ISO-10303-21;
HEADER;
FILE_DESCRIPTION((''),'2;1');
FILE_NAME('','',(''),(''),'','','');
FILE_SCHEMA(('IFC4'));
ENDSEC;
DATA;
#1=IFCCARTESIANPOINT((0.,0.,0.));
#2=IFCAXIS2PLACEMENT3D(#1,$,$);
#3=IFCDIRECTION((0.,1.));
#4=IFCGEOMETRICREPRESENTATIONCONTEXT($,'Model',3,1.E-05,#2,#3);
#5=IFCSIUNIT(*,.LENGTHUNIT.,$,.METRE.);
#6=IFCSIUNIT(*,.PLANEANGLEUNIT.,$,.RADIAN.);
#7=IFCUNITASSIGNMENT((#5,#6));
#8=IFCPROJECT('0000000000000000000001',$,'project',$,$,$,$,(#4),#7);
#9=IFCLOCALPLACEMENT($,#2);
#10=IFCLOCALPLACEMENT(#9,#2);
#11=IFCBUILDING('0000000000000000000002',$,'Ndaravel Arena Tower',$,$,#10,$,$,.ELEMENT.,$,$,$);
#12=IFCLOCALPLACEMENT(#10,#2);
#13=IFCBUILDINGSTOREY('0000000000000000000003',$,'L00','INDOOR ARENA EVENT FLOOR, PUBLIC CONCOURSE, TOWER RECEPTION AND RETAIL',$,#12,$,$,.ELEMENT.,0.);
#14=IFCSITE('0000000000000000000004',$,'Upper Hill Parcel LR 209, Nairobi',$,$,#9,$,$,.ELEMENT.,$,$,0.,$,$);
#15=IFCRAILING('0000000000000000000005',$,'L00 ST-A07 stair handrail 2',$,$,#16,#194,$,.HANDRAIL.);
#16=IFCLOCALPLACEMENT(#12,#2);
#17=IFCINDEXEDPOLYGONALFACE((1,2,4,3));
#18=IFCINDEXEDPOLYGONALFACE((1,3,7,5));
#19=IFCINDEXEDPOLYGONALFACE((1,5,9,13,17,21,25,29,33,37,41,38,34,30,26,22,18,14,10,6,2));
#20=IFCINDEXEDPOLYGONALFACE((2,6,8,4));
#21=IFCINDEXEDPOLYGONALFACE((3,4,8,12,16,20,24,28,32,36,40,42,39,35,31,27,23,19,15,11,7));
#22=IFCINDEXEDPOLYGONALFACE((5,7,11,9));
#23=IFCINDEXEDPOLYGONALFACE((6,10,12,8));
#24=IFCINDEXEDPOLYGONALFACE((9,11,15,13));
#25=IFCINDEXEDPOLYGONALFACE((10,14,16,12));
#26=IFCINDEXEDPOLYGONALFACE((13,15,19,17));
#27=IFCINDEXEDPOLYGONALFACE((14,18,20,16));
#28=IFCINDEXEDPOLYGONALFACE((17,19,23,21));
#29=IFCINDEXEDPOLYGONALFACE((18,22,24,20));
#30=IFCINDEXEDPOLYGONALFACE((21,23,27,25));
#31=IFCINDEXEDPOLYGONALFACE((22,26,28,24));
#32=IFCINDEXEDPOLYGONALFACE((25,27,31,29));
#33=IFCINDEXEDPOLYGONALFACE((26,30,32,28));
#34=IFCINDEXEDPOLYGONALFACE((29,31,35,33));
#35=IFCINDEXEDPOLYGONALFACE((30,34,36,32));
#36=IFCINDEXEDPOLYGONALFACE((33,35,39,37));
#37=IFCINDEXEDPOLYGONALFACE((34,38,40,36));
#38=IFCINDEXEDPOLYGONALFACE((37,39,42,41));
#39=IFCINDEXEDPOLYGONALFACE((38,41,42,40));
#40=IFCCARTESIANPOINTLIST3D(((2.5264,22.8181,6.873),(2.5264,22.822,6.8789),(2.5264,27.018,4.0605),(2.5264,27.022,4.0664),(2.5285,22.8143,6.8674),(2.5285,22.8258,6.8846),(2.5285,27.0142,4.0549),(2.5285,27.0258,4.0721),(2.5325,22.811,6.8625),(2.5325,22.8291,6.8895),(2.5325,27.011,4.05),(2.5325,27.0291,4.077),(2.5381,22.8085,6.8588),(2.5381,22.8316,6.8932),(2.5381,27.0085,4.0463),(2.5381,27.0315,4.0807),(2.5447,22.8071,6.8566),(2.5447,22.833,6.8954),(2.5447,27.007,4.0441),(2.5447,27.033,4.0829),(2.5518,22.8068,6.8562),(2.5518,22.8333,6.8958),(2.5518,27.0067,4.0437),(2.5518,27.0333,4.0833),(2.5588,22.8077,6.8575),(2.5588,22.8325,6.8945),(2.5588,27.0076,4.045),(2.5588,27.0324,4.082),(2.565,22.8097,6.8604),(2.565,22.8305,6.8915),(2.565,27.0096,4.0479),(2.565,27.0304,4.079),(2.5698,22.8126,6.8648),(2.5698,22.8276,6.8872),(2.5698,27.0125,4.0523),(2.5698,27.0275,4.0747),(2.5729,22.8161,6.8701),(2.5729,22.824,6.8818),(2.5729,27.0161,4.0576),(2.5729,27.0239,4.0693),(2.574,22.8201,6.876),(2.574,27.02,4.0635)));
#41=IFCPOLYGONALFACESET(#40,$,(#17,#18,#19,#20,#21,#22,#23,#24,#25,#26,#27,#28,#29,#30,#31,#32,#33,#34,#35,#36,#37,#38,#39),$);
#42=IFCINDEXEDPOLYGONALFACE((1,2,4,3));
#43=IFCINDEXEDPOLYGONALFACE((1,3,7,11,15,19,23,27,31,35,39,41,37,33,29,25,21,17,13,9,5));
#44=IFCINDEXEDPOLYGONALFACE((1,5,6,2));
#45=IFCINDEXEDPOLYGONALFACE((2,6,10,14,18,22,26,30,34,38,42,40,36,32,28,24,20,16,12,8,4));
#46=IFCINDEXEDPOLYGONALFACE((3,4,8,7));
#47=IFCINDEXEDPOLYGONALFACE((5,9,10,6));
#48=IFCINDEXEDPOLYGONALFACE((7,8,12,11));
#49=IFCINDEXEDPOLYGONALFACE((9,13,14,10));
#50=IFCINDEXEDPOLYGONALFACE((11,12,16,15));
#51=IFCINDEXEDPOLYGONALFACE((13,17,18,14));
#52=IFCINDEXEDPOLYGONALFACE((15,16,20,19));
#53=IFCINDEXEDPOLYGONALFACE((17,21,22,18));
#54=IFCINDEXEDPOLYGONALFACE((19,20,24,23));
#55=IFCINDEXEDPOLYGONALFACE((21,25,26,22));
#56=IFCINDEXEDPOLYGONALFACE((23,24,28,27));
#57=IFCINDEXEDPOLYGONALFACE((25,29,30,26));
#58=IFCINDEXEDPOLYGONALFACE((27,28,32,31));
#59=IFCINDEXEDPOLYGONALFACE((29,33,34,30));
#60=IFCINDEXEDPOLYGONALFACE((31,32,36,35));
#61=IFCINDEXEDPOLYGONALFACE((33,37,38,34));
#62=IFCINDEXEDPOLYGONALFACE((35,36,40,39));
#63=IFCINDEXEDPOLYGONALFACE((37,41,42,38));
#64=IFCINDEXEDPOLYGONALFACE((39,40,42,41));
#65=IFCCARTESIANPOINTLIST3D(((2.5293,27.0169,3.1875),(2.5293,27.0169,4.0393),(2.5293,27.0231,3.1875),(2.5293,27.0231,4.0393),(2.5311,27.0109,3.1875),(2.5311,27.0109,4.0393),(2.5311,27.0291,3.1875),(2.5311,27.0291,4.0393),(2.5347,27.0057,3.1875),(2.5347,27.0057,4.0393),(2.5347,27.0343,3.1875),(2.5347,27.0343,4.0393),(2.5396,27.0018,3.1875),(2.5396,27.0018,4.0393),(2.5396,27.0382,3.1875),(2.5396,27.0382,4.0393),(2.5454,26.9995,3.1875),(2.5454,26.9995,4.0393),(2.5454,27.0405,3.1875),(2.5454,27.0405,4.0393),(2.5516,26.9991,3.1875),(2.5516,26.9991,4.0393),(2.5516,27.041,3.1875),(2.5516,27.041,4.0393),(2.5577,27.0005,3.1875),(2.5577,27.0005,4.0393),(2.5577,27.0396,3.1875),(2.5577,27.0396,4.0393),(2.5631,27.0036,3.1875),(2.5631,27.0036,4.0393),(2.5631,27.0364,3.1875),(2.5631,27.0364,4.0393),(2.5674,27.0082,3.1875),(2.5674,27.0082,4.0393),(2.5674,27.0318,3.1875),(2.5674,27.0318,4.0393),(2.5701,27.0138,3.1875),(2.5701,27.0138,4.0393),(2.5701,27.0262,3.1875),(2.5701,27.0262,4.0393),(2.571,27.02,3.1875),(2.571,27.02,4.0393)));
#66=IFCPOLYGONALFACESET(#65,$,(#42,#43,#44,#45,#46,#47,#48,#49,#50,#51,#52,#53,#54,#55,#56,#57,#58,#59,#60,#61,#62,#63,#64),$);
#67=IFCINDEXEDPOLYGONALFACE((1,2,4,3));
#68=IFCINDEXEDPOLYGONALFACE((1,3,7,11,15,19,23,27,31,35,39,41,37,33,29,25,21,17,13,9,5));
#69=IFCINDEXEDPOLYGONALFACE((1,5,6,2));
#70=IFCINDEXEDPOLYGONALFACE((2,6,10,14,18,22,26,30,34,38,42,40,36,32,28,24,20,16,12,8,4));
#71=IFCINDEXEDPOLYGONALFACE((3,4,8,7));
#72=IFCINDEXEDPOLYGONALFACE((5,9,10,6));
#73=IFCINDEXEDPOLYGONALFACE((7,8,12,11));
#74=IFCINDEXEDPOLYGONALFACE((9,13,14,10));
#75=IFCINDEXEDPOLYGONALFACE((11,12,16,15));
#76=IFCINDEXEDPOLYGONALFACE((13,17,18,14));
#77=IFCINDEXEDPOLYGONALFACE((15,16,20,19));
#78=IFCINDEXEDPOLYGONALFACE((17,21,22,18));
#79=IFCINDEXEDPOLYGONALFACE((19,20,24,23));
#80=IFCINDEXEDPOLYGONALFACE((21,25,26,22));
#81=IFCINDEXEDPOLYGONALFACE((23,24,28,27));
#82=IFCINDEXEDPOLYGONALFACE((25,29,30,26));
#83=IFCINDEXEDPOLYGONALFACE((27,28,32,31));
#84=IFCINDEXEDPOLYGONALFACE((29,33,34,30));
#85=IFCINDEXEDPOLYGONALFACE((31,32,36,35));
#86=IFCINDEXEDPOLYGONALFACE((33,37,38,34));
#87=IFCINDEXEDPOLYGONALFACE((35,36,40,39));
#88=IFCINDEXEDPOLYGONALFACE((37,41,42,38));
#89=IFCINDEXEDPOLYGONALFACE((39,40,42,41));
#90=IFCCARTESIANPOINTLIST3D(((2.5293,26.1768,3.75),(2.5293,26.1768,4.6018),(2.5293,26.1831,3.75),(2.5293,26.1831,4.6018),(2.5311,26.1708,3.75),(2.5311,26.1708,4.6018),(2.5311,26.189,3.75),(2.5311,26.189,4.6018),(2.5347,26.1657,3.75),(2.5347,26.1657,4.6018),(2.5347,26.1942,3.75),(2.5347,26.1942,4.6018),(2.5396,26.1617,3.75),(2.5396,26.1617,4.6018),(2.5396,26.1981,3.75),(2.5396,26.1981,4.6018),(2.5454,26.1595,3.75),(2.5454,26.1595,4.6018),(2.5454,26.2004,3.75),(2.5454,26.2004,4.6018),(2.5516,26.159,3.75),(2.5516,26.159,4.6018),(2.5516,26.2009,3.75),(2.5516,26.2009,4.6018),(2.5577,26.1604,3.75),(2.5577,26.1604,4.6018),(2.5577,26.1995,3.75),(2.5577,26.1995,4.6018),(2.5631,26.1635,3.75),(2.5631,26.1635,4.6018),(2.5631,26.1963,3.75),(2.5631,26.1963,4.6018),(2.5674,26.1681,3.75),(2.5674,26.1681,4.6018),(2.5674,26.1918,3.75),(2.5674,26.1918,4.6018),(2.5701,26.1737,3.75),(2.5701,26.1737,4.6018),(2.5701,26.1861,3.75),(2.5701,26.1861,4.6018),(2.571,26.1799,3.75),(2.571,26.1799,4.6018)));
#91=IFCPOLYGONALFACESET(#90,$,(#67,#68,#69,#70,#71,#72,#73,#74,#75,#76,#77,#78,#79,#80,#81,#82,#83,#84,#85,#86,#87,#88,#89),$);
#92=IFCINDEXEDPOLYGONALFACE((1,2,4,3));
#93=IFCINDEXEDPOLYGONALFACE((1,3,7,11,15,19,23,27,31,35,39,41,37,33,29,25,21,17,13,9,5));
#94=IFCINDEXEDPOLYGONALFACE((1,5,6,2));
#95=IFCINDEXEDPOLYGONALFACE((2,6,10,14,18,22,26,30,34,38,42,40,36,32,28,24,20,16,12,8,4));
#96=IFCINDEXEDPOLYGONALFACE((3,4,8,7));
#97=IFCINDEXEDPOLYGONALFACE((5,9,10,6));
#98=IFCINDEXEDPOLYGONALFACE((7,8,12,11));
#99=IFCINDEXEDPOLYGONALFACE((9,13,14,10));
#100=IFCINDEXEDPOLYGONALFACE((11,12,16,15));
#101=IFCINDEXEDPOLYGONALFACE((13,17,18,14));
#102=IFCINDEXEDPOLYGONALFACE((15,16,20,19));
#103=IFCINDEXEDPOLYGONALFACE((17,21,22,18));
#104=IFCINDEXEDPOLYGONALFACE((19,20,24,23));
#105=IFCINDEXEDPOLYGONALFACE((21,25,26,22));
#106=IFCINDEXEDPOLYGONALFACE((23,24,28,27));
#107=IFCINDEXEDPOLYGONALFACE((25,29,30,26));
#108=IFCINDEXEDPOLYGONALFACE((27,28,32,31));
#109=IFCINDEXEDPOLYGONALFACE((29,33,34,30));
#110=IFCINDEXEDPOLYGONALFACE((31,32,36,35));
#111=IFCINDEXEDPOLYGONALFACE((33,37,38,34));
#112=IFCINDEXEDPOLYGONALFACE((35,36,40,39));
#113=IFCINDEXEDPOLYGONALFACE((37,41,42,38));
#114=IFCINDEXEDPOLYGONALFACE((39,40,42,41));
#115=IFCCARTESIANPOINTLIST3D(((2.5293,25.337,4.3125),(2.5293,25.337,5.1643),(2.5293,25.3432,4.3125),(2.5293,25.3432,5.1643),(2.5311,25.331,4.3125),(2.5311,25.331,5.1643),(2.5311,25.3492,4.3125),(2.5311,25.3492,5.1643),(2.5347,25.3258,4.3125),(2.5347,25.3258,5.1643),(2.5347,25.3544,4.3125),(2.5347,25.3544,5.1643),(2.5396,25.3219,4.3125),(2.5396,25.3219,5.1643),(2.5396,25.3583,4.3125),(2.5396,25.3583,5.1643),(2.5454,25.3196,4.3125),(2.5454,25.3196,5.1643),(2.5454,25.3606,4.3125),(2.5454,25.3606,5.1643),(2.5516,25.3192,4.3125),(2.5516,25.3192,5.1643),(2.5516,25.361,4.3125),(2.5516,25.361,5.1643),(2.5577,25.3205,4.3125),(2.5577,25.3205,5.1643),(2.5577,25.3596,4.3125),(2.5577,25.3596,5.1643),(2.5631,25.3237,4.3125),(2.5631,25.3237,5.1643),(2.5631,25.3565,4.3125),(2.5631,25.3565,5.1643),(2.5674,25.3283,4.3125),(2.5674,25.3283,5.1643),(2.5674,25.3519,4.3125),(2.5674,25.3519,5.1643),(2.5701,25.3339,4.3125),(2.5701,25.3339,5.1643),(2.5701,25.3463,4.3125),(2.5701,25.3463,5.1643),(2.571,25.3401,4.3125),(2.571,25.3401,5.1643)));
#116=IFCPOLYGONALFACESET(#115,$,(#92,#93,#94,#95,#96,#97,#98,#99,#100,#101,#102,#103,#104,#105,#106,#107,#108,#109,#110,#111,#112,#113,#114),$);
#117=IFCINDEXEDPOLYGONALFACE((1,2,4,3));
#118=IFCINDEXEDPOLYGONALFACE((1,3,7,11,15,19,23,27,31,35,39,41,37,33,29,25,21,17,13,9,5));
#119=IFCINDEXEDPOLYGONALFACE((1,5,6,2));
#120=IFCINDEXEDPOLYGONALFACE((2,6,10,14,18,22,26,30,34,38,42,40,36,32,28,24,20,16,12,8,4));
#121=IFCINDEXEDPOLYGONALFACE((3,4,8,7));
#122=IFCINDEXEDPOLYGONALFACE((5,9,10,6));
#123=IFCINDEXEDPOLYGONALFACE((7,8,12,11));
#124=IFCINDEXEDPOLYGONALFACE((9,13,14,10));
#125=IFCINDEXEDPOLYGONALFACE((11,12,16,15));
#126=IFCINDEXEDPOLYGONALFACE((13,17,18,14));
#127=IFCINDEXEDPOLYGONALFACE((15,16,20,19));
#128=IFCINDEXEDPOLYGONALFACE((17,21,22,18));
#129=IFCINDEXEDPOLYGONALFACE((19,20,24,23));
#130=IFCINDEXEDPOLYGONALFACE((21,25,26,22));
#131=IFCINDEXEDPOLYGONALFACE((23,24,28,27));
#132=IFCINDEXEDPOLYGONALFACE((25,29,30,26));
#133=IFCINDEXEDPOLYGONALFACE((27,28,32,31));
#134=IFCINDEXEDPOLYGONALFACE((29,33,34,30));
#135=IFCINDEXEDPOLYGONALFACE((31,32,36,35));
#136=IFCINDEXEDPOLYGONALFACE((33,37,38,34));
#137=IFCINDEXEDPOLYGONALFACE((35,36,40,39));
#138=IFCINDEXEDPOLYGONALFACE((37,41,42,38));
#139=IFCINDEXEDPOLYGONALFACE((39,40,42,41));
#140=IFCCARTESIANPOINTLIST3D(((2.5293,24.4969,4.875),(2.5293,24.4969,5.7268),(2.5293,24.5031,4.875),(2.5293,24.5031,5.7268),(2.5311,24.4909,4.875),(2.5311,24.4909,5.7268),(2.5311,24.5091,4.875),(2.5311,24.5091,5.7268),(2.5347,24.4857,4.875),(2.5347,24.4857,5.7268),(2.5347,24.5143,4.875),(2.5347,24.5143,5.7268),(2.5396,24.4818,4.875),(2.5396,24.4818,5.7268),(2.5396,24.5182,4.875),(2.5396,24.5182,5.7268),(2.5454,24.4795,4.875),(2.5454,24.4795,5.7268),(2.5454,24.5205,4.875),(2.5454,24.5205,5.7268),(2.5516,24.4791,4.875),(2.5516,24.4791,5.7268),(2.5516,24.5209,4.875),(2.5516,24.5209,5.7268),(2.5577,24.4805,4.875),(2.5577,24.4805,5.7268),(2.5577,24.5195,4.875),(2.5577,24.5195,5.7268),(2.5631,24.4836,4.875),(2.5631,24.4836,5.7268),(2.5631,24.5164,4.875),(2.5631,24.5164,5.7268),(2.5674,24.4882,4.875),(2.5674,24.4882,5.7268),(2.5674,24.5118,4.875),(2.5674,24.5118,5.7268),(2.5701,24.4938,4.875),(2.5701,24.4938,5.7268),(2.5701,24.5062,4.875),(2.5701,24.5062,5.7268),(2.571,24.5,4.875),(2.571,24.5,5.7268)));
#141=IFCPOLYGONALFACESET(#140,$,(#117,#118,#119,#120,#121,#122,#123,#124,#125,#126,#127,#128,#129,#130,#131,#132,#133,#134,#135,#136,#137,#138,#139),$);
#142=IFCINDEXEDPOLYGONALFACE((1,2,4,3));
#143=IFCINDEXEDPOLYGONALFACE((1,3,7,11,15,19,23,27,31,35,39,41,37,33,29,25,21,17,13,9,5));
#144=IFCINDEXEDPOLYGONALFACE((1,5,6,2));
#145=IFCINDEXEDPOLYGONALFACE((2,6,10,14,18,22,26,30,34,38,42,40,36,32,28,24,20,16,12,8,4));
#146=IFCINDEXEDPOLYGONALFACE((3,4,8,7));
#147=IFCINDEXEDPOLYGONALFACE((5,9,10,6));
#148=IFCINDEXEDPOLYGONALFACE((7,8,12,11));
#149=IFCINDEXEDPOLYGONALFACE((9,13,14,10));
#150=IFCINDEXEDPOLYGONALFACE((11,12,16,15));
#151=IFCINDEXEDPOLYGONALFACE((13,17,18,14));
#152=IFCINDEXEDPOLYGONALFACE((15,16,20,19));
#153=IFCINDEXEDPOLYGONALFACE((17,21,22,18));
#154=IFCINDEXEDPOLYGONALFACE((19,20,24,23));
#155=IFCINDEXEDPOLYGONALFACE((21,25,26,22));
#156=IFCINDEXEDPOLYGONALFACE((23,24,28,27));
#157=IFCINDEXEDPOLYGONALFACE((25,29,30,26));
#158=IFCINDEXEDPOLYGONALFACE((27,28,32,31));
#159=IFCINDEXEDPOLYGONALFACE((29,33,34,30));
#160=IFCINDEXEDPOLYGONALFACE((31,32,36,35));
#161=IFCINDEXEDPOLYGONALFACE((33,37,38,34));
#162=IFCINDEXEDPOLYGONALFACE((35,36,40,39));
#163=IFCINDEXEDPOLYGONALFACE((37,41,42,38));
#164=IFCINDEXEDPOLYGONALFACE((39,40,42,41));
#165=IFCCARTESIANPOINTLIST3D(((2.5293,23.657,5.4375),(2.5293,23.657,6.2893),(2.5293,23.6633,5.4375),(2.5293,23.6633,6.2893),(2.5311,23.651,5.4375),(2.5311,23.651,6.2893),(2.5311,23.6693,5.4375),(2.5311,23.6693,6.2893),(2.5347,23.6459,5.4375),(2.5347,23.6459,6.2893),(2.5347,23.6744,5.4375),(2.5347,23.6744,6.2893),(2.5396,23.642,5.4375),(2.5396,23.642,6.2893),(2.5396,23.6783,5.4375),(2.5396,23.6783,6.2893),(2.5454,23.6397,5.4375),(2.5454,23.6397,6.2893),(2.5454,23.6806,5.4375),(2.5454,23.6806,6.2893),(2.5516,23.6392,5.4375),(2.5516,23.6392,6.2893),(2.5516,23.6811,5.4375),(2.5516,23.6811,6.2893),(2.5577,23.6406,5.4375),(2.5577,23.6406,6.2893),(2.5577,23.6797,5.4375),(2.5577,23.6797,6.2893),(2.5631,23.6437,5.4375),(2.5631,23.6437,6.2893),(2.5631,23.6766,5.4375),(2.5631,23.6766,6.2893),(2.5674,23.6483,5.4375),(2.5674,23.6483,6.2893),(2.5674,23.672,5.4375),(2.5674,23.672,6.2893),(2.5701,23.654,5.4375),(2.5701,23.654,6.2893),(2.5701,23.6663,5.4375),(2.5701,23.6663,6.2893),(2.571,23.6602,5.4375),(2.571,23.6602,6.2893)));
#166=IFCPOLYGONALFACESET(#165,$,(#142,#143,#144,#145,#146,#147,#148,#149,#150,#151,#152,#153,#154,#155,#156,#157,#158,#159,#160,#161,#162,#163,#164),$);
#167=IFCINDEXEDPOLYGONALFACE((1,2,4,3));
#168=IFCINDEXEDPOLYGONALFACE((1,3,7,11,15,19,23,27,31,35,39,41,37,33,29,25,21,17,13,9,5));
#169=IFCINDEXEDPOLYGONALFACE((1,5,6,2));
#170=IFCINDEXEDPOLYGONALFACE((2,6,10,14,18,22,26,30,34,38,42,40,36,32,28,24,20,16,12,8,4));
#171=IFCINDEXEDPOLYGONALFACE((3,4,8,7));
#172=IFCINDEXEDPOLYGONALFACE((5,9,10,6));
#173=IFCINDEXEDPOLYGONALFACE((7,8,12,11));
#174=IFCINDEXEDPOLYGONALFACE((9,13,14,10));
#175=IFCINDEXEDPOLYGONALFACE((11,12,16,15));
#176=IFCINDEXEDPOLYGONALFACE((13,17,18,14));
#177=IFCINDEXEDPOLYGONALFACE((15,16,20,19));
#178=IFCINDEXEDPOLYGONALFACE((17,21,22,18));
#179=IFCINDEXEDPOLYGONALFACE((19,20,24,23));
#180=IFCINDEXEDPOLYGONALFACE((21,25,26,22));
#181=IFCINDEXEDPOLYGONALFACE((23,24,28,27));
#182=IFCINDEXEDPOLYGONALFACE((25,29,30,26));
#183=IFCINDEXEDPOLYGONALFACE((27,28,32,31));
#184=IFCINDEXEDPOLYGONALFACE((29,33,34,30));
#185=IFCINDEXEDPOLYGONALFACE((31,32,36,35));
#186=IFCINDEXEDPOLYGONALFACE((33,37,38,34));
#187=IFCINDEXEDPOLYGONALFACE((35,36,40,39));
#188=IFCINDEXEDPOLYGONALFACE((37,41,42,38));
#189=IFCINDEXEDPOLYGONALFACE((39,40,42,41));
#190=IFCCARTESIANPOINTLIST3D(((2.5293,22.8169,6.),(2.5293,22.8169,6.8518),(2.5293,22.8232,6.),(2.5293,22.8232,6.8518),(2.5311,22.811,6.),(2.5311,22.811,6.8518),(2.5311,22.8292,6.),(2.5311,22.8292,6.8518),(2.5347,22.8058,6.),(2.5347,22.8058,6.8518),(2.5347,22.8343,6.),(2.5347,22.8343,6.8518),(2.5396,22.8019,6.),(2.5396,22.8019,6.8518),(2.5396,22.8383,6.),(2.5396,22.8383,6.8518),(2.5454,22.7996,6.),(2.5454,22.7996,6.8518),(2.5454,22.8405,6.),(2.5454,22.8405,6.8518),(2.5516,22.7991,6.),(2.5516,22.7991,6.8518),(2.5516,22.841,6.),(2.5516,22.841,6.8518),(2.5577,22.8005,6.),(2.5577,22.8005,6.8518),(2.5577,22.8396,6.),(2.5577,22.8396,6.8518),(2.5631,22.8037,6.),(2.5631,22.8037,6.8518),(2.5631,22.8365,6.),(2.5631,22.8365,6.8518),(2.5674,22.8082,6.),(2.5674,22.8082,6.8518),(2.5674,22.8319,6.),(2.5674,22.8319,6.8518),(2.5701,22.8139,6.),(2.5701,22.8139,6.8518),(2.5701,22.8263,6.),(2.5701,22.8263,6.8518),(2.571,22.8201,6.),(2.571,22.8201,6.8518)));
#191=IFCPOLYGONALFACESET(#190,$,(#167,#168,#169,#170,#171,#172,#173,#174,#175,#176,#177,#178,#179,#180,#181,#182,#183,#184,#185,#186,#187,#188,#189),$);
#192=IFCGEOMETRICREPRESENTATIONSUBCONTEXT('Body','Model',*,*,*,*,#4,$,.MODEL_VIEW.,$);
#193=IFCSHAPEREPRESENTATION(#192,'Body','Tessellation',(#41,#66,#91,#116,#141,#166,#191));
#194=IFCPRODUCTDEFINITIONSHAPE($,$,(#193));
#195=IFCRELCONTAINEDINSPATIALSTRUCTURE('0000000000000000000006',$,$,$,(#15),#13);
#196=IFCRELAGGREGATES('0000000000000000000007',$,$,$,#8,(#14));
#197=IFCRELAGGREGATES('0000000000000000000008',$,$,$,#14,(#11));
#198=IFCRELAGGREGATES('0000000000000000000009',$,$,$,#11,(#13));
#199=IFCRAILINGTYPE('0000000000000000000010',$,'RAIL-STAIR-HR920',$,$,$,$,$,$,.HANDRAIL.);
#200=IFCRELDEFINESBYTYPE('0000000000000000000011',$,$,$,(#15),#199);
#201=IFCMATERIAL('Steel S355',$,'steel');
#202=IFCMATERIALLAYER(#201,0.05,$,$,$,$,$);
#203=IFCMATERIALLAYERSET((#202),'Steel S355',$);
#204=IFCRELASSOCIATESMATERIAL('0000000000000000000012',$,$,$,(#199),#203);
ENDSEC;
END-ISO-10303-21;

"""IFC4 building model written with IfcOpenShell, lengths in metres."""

from ifc_helpers import new_model, si_unit, direction, frame, origin, origin_2d, place, context, subcontext, project, spatial, circle, extrude, material, layer, layer_set, type_object, element, save


model = new_model("IFC4")

# Units and contexts
model_context = context("Model", 3, precision=1e-05, world=origin(), true_north=direction((0.0, 1.0)))
body_context = subcontext(model_context, "Body", "Model", "MODEL_VIEW")
ifc_project = project(units=[si_unit("LENGTHUNIT", "METRE"), si_unit("PLANEANGLEUNIT", "RADIAN")], contexts=[model_context])

# Site, building, storey
site_placement = place(None, origin())
site = spatial("IfcSite", under=ifc_project, at=site_placement, Name="Upper Hill Parcel LR 209, Nairobi", CompositionType="ELEMENT", RefElevation=0.0)
building_placement = place(site_placement, origin())
building = spatial("IfcBuilding", under=site, at=building_placement, Name="Ndaravel Arena Tower", CompositionType="ELEMENT")
storey_placement = place(building_placement, origin())
storey = spatial("IfcBuildingStorey", under=building, at=storey_placement, Name="L00", Description="INDOOR ARENA EVENT FLOOR, PUBLIC CONCOURSE, TOWER RECEPTION AND RETAIL", CompositionType="ELEMENT", Elevation=0.0)

# Railing
ifc_material_1 = material(Name="Steel S355", Category="steel")
ifc_layer_1 = layer(ifc_material_1, 0.05)
ifc_layer_set_1 = layer_set([ifc_layer_1], Name="Steel S355")
railing_type_1 = type_object("IfcRailingType", Name="RAIL-STAIR-HR920", PredefinedType="HANDRAIL", material=ifc_layer_set_1)
railing_1_placement = place(storey_placement, frame((2.55, 27.02, 3.1875)))
element("IfcRailing", 1, at=railing_1_placement, inside=storey, type_object=railing_type_1, Name="L00 ST-A07 stair handrail 2", PredefinedType="HANDRAIL", context=body_context, shape_type="SweptSolid", body=[
    extrude(circle(Radius=0.0239, at=origin_2d()), frame((0.0, 0.0, 0.876), z_axis=(0.0, -0.830904, 0.556416), x_axis=(1.0, 0.0, 0.0)), (0.0, 0.0, 1.0), 5.0547),
    extrude(circle(Radius=0.021, at=origin_2d()), origin(), (0.0, 0.0, 1.0), 0.8518),
    extrude(circle(Radius=0.021, at=origin_2d()), frame((0.0, -0.8401, 0.5625)), (0.0, 0.0, 1.0), 0.8518),
    extrude(circle(Radius=0.021, at=origin_2d()), frame((0.0, -1.6799, 1.125)), (0.0, 0.0, 1.0), 0.8518),
    extrude(circle(Radius=0.021, at=origin_2d()), frame((0.0, -2.52, 1.6875)), (0.0, 0.0, 1.0), 0.8518),
    extrude(circle(Radius=0.021, at=origin_2d()), frame((0.0, -3.3599, 2.25)), (0.0, 0.0, 1.0), 0.8518),
    extrude(circle(Radius=0.021, at=origin_2d()), frame((0.0, -4.2, 2.8125)), (0.0, 0.0, 1.0), 0.8518),
])

save(model, "model.ifc")
